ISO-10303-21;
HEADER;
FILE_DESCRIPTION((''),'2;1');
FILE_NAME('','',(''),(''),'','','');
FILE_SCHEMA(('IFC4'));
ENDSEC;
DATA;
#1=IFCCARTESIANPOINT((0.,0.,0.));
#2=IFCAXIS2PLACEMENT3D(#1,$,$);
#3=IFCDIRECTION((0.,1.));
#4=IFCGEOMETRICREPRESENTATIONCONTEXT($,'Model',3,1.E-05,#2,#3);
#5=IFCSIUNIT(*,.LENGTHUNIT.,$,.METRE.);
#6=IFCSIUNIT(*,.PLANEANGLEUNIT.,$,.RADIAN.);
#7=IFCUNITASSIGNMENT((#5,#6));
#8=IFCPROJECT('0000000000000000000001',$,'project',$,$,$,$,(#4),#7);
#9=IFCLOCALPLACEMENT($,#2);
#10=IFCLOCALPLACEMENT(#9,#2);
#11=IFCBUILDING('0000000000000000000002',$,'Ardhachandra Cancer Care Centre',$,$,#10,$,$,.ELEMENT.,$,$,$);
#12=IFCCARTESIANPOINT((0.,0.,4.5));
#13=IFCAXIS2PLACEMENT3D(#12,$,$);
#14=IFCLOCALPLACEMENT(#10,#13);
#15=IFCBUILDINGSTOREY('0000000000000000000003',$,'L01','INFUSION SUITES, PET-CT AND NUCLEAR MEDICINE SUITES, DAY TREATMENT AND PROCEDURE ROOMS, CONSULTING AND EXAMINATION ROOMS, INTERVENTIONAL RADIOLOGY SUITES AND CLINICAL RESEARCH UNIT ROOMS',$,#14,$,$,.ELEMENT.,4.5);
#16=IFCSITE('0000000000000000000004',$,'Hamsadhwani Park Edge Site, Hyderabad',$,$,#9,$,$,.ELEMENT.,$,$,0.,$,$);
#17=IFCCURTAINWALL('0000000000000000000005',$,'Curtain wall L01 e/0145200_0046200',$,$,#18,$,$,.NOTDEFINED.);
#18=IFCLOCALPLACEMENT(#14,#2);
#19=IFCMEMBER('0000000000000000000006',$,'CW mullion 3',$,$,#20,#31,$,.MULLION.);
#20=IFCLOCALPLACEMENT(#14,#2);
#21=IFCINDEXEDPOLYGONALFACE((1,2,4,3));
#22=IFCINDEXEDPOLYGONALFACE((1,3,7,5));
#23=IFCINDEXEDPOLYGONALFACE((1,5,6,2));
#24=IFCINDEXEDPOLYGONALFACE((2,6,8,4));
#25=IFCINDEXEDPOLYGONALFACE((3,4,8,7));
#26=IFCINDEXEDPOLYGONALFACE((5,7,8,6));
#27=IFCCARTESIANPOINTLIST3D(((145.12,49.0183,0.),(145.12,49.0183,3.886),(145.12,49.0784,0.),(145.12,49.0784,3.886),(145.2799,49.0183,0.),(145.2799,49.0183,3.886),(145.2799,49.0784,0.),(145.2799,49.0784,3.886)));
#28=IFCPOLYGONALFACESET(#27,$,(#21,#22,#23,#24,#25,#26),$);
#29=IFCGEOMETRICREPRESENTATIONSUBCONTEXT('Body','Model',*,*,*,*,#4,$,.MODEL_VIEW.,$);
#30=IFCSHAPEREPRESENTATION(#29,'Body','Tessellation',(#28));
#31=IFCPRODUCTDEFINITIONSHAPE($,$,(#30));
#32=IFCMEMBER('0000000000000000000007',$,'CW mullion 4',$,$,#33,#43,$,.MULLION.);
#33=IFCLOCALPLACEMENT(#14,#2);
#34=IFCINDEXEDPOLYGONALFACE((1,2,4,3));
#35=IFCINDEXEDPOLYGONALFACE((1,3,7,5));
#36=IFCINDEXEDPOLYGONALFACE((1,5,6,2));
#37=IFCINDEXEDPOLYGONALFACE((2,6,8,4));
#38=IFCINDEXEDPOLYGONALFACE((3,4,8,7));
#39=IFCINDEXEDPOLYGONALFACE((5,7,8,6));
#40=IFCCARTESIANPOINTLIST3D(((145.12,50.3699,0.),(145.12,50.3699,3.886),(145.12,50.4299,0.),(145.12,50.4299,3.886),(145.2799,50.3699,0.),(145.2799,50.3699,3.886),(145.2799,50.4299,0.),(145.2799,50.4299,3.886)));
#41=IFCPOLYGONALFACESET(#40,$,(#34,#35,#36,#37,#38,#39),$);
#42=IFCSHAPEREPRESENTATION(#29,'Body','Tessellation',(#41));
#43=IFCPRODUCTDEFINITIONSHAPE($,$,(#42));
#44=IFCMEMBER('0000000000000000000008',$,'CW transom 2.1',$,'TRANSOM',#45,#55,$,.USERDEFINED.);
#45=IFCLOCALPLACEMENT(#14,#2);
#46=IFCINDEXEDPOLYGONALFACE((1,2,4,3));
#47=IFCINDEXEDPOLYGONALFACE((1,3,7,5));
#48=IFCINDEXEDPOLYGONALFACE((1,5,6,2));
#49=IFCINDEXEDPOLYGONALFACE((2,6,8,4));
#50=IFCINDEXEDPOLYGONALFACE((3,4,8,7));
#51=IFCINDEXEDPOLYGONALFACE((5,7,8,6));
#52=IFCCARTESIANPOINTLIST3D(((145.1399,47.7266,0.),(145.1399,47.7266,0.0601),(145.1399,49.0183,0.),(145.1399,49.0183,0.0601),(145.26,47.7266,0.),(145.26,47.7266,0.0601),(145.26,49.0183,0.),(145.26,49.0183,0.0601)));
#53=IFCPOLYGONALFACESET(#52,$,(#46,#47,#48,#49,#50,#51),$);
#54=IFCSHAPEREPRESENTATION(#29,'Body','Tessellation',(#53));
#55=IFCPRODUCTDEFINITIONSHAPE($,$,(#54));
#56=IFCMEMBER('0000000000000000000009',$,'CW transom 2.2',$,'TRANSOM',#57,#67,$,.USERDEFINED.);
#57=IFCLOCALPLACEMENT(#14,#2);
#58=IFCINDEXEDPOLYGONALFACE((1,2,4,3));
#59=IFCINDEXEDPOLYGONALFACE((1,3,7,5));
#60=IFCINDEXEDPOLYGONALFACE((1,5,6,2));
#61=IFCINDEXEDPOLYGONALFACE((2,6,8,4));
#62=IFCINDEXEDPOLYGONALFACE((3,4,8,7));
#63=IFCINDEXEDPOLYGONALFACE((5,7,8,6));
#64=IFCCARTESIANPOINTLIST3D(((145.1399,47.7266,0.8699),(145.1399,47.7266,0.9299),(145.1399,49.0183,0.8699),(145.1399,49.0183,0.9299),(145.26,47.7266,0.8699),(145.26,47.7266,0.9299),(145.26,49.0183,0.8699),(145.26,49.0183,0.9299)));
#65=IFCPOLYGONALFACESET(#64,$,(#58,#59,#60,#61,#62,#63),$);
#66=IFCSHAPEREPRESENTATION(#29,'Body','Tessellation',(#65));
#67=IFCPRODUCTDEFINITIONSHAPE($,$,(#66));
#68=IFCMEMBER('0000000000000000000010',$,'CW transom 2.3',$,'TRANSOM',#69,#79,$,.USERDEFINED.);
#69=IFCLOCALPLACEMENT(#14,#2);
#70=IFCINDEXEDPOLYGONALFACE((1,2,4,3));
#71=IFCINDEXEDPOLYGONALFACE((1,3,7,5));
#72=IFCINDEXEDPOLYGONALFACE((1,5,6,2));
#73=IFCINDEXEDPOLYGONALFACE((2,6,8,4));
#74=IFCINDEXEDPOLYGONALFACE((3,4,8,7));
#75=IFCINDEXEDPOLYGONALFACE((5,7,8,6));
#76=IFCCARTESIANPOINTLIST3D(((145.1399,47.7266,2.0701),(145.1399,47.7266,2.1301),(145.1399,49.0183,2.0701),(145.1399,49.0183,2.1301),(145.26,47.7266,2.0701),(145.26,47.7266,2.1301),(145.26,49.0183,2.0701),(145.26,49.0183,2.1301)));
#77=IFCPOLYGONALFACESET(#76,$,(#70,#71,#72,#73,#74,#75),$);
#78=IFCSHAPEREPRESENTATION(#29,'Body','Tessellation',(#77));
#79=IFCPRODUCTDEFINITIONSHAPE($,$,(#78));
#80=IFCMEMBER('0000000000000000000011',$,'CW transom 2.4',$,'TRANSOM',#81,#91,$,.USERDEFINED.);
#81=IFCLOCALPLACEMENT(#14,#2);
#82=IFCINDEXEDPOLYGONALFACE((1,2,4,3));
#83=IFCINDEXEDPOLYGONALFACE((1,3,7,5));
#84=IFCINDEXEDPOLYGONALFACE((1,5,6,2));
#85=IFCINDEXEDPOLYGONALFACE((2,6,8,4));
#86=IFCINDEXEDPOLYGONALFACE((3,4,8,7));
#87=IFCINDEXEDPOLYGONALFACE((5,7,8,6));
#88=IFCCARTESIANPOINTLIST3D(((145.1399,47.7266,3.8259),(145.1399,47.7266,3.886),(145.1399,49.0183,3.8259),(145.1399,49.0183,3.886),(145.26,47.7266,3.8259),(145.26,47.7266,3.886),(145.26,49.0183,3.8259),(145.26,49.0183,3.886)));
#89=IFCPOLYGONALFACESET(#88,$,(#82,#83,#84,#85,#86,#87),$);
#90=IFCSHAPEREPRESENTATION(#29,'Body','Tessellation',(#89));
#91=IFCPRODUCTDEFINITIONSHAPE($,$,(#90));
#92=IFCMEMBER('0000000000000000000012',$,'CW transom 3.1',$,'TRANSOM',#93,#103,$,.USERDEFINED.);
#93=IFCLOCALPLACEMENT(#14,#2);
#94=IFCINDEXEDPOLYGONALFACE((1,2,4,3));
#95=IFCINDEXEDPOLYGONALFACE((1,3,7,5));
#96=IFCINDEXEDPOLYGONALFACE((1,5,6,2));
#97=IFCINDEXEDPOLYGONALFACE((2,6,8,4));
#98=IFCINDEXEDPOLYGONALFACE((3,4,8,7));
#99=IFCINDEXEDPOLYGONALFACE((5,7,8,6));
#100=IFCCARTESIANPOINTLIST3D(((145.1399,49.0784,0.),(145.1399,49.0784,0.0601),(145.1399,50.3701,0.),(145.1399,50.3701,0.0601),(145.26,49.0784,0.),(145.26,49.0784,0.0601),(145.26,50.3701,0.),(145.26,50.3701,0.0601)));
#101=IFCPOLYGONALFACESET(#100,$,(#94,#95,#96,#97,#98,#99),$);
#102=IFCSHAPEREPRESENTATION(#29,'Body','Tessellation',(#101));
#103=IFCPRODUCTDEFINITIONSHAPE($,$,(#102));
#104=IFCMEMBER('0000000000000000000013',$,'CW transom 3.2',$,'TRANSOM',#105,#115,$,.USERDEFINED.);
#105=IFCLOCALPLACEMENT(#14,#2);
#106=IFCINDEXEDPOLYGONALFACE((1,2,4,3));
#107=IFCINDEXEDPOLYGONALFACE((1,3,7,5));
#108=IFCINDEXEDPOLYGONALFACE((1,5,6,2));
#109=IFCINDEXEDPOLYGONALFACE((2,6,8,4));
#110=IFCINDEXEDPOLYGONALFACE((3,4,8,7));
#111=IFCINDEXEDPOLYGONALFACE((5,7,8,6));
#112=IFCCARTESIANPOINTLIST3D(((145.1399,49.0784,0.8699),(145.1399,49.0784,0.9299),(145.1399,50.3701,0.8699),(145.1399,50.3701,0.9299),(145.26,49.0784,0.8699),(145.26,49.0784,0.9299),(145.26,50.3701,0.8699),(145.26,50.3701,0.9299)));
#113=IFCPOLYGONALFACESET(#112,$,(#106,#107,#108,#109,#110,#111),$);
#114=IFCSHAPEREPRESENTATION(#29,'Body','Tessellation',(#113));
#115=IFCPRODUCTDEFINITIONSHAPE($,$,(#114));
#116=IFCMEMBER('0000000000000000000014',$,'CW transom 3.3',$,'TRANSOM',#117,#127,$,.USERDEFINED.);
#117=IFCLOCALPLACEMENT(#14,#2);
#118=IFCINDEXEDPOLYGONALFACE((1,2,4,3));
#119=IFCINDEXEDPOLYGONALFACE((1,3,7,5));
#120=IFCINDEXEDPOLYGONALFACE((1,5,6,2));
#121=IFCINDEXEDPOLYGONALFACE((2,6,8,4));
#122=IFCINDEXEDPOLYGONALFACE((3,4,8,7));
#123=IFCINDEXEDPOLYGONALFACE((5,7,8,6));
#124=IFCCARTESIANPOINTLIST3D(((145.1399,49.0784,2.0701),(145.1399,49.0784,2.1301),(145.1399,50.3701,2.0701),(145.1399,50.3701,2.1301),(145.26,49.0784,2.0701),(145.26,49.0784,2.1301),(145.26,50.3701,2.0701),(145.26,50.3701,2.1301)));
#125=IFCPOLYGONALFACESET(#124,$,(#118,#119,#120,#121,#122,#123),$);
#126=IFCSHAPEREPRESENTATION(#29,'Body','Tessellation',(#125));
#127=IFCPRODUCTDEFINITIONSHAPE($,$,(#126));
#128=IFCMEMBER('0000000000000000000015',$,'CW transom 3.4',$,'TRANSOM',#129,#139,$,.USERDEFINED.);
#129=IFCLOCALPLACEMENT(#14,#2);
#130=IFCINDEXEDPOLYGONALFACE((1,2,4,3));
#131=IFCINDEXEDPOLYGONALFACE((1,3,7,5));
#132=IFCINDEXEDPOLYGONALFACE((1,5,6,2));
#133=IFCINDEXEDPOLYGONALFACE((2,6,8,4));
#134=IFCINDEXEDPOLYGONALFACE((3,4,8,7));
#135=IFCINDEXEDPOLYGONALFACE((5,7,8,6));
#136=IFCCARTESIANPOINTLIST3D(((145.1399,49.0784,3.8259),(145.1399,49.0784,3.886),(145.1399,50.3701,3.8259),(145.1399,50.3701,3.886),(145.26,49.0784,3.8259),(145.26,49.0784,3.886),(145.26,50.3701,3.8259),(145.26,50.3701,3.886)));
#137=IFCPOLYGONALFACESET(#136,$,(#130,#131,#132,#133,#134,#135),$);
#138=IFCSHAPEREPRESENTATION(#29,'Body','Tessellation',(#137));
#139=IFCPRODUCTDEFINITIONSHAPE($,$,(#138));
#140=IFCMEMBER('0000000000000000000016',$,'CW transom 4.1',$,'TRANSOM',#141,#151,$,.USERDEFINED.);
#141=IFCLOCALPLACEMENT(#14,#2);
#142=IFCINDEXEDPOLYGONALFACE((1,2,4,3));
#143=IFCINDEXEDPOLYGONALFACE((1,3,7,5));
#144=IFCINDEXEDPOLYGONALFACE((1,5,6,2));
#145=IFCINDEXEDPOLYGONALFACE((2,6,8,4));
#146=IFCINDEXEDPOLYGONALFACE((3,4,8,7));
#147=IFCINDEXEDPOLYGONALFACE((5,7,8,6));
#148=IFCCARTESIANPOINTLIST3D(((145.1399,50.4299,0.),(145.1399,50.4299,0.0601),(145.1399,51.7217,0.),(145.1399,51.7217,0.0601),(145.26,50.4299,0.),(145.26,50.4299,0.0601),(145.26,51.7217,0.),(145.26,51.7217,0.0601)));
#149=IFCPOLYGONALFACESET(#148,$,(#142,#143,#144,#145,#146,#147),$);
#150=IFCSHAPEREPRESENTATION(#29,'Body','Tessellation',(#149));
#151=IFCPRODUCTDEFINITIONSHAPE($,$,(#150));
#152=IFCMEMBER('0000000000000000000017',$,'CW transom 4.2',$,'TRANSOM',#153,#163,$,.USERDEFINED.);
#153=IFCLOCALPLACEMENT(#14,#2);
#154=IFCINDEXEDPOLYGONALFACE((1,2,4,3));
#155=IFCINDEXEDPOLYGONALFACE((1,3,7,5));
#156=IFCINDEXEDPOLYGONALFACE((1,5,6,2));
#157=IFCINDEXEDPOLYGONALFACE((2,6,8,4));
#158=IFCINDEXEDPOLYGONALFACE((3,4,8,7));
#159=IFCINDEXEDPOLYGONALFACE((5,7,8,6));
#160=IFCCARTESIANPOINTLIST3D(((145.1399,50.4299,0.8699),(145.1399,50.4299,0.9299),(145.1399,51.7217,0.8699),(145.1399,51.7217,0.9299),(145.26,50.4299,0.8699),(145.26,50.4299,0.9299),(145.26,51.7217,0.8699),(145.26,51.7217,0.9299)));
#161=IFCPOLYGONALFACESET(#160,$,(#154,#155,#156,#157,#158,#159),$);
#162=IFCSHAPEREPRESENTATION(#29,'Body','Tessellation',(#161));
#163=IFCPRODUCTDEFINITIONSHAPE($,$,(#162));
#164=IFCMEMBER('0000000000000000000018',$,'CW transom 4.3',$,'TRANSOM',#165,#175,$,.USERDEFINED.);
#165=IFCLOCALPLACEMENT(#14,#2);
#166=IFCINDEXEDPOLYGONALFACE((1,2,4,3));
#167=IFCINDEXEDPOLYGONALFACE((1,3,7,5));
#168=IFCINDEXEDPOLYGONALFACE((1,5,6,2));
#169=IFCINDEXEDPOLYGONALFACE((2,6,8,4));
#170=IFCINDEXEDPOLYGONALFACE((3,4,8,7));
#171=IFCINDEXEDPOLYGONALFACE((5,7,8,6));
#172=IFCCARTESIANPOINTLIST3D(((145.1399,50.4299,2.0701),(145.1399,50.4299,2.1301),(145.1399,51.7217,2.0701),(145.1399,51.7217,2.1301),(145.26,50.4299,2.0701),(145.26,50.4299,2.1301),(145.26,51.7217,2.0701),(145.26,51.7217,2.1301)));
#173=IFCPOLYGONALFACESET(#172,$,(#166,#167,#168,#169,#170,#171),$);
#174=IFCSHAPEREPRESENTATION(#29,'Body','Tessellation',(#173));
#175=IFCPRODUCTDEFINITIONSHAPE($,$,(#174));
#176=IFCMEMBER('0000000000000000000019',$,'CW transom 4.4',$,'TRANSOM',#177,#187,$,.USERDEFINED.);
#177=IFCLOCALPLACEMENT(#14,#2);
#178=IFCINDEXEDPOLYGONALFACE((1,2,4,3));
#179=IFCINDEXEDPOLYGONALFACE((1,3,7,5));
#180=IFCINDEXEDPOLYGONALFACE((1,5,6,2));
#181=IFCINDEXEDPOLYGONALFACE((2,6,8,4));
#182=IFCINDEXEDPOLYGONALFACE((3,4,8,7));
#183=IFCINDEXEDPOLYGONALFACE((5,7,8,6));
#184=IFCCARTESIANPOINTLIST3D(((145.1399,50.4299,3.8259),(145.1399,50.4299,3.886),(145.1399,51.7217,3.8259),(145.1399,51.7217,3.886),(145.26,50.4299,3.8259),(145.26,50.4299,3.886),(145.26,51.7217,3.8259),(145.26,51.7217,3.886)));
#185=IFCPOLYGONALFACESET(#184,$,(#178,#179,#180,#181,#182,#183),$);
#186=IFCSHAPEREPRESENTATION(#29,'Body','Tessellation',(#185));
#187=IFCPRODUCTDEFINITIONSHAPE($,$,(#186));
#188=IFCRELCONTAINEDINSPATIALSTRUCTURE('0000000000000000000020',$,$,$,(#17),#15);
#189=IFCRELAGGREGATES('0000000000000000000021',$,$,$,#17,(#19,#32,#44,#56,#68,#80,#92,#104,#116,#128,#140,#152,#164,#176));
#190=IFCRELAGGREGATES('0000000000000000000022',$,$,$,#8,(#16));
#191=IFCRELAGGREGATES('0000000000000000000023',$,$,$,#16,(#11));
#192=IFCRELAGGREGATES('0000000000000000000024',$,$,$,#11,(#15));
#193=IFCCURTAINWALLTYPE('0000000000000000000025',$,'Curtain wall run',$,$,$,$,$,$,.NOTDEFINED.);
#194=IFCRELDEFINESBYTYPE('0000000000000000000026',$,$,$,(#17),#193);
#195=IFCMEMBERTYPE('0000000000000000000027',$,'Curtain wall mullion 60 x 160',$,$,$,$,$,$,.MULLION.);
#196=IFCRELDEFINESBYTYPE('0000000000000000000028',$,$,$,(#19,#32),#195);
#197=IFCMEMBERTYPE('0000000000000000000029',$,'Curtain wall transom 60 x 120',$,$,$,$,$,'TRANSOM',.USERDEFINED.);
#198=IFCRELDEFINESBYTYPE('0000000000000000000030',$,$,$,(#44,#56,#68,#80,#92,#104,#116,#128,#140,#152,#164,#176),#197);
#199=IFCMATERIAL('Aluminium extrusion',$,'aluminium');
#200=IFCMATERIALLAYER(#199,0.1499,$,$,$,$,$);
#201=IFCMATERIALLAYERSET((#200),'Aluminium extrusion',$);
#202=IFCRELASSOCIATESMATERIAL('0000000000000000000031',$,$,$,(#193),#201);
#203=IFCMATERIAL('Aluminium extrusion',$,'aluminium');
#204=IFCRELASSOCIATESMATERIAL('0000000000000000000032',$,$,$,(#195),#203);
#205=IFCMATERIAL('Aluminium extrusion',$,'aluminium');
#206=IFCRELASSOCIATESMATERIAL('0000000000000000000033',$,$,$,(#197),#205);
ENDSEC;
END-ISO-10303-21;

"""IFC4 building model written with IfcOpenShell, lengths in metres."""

from ifc_helpers import new_model, si_unit, direction, frame, origin, origin_2d, place, context, subcontext, project, spatial, rectangle, extrude, material, layer, layer_set, material_profile, profile_set, type_object, element, aggregate, save


model = new_model("IFC4")

# Units and contexts
model_context = context("Model", 3, precision=1e-05, world=origin(), true_north=direction((0.0, 1.0)))
body_context = subcontext(model_context, "Body", "Model", "MODEL_VIEW")
ifc_project = project(units=[si_unit("LENGTHUNIT", "METRE"), si_unit("PLANEANGLEUNIT", "RADIAN")], contexts=[model_context])

# Site, building, storey
site_placement = place(None, origin())
site = spatial("IfcSite", under=ifc_project, at=site_placement, Name="Hamsadhwani Park Edge Site, Hyderabad", CompositionType="ELEMENT", RefElevation=0.0)
building_placement = place(site_placement, origin())
building = spatial("IfcBuilding", under=site, at=building_placement, Name="Ardhachandra Cancer Care Centre", CompositionType="ELEMENT")
storey_placement = place(building_placement, frame((0.0, 0.0, 4.5)))
storey = spatial("IfcBuildingStorey", under=building, at=storey_placement, Name="L01", Description="INFUSION SUITES, PET-CT AND NUCLEAR MEDICINE SUITES, DAY TREATMENT AND PROCEDURE ROOMS, CONSULTING AND EXAMINATION ROOMS, INTERVENTIONAL RADIOLOGY SUITES AND CLINICAL RESEARCH UNIT ROOMS", CompositionType="ELEMENT", Elevation=4.5)

# Curtain wall, members
ifc_material_1 = material(Name="Aluminium extrusion", Category="aluminium")
ifc_layer_1 = layer(ifc_material_1, 0.1499)
ifc_layer_set_1 = layer_set([ifc_layer_1], Name="Aluminium extrusion")
curtain_wall_type = type_object("IfcCurtainWallType", Name="Curtain wall run", PredefinedType="NOTDEFINED", material=ifc_layer_set_1)
curtain_wall_placement = place(storey_placement, origin())
curtain_wall = element("IfcCurtainWall", 1, at=curtain_wall_placement, inside=storey, type_object=curtain_wall_type, Name="Curtain wall L01 e/0145200_0046200", PredefinedType="NOTDEFINED")
ifc_material_2 = material(Name="Aluminium extrusion", Category="aluminium")
ifc_material_profile_1 = material_profile(ifc_material_2, rectangle(XDim=0.1599, YDim=0.0601, at=origin_2d()), Name="Curtain wall mullion 60 x 160")
ifc_profile_set_1 = profile_set([ifc_material_profile_1], Name="Aluminium extrusion")
member_type_1 = type_object("IfcMemberType", Name="Curtain wall mullion 60 x 160", PredefinedType="MULLION", material=ifc_profile_set_1)
member_1_placement = place(storey_placement, frame((145.2, 49.0483, 0.0), z_axis=(0.0, 0.0, 1.0), x_axis=(-1.0, 0.0, 0.0)))
member_1 = element("IfcMember", 2, at=member_1_placement, type_object=member_type_1, Name="CW mullion 3", PredefinedType="MULLION", context=body_context, shape_type="SweptSolid", body=[
    extrude(rectangle(XDim=0.1599, YDim=0.0601, at=origin_2d()), origin(), (0.0, 0.0, 1.0), 3.886),
])
member_2_placement = place(storey_placement, frame((145.2, 50.3999, 0.0), z_axis=(0.0, 0.0, 1.0), x_axis=(-1.0, 0.0, 0.0)))
member_2 = element("IfcMember", 3, at=member_2_placement, type_object=member_type_1, Name="CW mullion 4", PredefinedType="MULLION", context=body_context, shape_type="SweptSolid", body=[
    extrude(rectangle(XDim=0.1599, YDim=0.0601, at=origin_2d()), origin(), (0.0, 0.0, 1.0), 3.886),
])
ifc_material_3 = material(Name="Aluminium extrusion", Category="aluminium")
ifc_material_profile_2 = material_profile(ifc_material_3, rectangle(XDim=0.1201, YDim=0.0601, at=origin_2d()), Name="Curtain wall transom 60 x 120")
ifc_profile_set_2 = profile_set([ifc_material_profile_2], Name="Aluminium extrusion")
member_type_2 = type_object("IfcMemberType", Name="Curtain wall transom 60 x 120", ElementType="TRANSOM", PredefinedType="USERDEFINED", material=ifc_profile_set_2)
member_3_placement = place(storey_placement, frame((145.2, 47.7266, 0.03), z_axis=(0.0, 1.0, 0.0), x_axis=(-1.0, 0.0, 0.0)))
member_3 = element("IfcMember", 4, at=member_3_placement, type_object=member_type_2, Name="CW transom 2.1", ObjectType="TRANSOM", PredefinedType="USERDEFINED", context=body_context, shape_type="SweptSolid", body=[
    extrude(rectangle(XDim=0.1201, YDim=0.0601, at=origin_2d()), origin(), (0.0, 0.0, 1.0), 1.2917),
])
member_4_placement = place(storey_placement, frame((145.2, 47.7266, 0.8999), z_axis=(0.0, 1.0, 0.0), x_axis=(-1.0, 0.0, 0.0)))
member_4 = element("IfcMember", 5, at=member_4_placement, type_object=member_type_2, Name="CW transom 2.2", ObjectType="TRANSOM", PredefinedType="USERDEFINED", context=body_context, shape_type="SweptSolid", body=[
    extrude(rectangle(XDim=0.1201, YDim=0.0601, at=origin_2d()), origin(), (0.0, 0.0, 1.0), 1.2917),
])
member_5_placement = place(storey_placement, frame((145.2, 47.7266, 2.1001), z_axis=(0.0, 1.0, 0.0), x_axis=(-1.0, 0.0, 0.0)))
member_5 = element("IfcMember", 6, at=member_5_placement, type_object=member_type_2, Name="CW transom 2.3", ObjectType="TRANSOM", PredefinedType="USERDEFINED", context=body_context, shape_type="SweptSolid", body=[
    extrude(rectangle(XDim=0.1201, YDim=0.0601, at=origin_2d()), origin(), (0.0, 0.0, 1.0), 1.2917),
])
member_6_placement = place(storey_placement, frame((145.2, 47.7266, 3.856), z_axis=(0.0, 1.0, 0.0), x_axis=(-1.0, 0.0, 0.0)))
member_6 = element("IfcMember", 7, at=member_6_placement, type_object=member_type_2, Name="CW transom 2.4", ObjectType="TRANSOM", PredefinedType="USERDEFINED", context=body_context, shape_type="SweptSolid", body=[
    extrude(rectangle(XDim=0.1201, YDim=0.0601, at=origin_2d()), origin(), (0.0, 0.0, 1.0), 1.2917),
])
member_7_placement = place(storey_placement, frame((145.2, 49.0784, 0.03), z_axis=(0.0, 1.0, 0.0), x_axis=(-1.0, 0.0, 0.0)))
member_7 = element("IfcMember", 8, at=member_7_placement, type_object=member_type_2, Name="CW transom 3.1", ObjectType="TRANSOM", PredefinedType="USERDEFINED", context=body_context, shape_type="SweptSolid", body=[
    extrude(rectangle(XDim=0.1201, YDim=0.0601, at=origin_2d()), origin(), (0.0, 0.0, 1.0), 1.2917),
])
member_8_placement = place(storey_placement, frame((145.2, 49.0784, 0.8999), z_axis=(0.0, 1.0, 0.0), x_axis=(-1.0, 0.0, 0.0)))
member_8 = element("IfcMember", 9, at=member_8_placement, type_object=member_type_2, Name="CW transom 3.2", ObjectType="TRANSOM", PredefinedType="USERDEFINED", context=body_context, shape_type="SweptSolid", body=[
    extrude(rectangle(XDim=0.1201, YDim=0.0601, at=origin_2d()), origin(), (0.0, 0.0, 1.0), 1.2917),
])
member_9_placement = place(storey_placement, frame((145.2, 49.0784, 2.1001), z_axis=(0.0, 1.0, 0.0), x_axis=(-1.0, 0.0, 0.0)))
member_9 = element("IfcMember", 10, at=member_9_placement, type_object=member_type_2, Name="CW transom 3.3", ObjectType="TRANSOM", PredefinedType="USERDEFINED", context=body_context, shape_type="SweptSolid", body=[
    extrude(rectangle(XDim=0.1201, YDim=0.0601, at=origin_2d()), origin(), (0.0, 0.0, 1.0), 1.2917),
])
member_10_placement = place(storey_placement, frame((145.2, 49.0784, 3.856), z_axis=(0.0, 1.0, 0.0), x_axis=(-1.0, 0.0, 0.0)))
member_10 = element("IfcMember", 11, at=member_10_placement, type_object=member_type_2, Name="CW transom 3.4", ObjectType="TRANSOM", PredefinedType="USERDEFINED", context=body_context, shape_type="SweptSolid", body=[
    extrude(rectangle(XDim=0.1201, YDim=0.0601, at=origin_2d()), origin(), (0.0, 0.0, 1.0), 1.2917),
])
member_11_placement = place(storey_placement, frame((145.2, 50.4299, 0.03), z_axis=(0.0, 1.0, 0.0), x_axis=(-1.0, 0.0, 0.0)))
member_11 = element("IfcMember", 12, at=member_11_placement, type_object=member_type_2, Name="CW transom 4.1", ObjectType="TRANSOM", PredefinedType="USERDEFINED", context=body_context, shape_type="SweptSolid", body=[
    extrude(rectangle(XDim=0.1201, YDim=0.0601, at=origin_2d()), origin(), (0.0, 0.0, 1.0), 1.2917),
])
member_12_placement = place(storey_placement, frame((145.2, 50.4299, 0.8999), z_axis=(0.0, 1.0, 0.0), x_axis=(-1.0, 0.0, 0.0)))
member_12 = element("IfcMember", 13, at=member_12_placement, type_object=member_type_2, Name="CW transom 4.2", ObjectType="TRANSOM", PredefinedType="USERDEFINED", context=body_context, shape_type="SweptSolid", body=[
    extrude(rectangle(XDim=0.1201, YDim=0.0601, at=origin_2d()), origin(), (0.0, 0.0, 1.0), 1.2917),
])
member_13_placement = place(storey_placement, frame((145.2, 50.4299, 2.1001), z_axis=(0.0, 1.0, 0.0), x_axis=(-1.0, 0.0, 0.0)))
member_13 = element("IfcMember", 14, at=member_13_placement, type_object=member_type_2, Name="CW transom 4.3", ObjectType="TRANSOM", PredefinedType="USERDEFINED", context=body_context, shape_type="SweptSolid", body=[
    extrude(rectangle(XDim=0.1201, YDim=0.0601, at=origin_2d()), origin(), (0.0, 0.0, 1.0), 1.2917),
])
member_14_placement = place(storey_placement, frame((145.2, 50.4299, 3.856), z_axis=(0.0, 1.0, 0.0), x_axis=(-1.0, 0.0, 0.0)))
member_14 = element("IfcMember", 15, at=member_14_placement, type_object=member_type_2, Name="CW transom 4.4", ObjectType="TRANSOM", PredefinedType="USERDEFINED", context=body_context, shape_type="SweptSolid", body=[
    extrude(rectangle(XDim=0.1201, YDim=0.0601, at=origin_2d()), origin(), (0.0, 0.0, 1.0), 1.2917),
])
aggregate(curtain_wall, [member_1, member_2, member_3, member_4, member_5, member_6, member_7, member_8, member_9, member_10, member_11, member_12, member_13, member_14])

save(model, "model.ifc")
